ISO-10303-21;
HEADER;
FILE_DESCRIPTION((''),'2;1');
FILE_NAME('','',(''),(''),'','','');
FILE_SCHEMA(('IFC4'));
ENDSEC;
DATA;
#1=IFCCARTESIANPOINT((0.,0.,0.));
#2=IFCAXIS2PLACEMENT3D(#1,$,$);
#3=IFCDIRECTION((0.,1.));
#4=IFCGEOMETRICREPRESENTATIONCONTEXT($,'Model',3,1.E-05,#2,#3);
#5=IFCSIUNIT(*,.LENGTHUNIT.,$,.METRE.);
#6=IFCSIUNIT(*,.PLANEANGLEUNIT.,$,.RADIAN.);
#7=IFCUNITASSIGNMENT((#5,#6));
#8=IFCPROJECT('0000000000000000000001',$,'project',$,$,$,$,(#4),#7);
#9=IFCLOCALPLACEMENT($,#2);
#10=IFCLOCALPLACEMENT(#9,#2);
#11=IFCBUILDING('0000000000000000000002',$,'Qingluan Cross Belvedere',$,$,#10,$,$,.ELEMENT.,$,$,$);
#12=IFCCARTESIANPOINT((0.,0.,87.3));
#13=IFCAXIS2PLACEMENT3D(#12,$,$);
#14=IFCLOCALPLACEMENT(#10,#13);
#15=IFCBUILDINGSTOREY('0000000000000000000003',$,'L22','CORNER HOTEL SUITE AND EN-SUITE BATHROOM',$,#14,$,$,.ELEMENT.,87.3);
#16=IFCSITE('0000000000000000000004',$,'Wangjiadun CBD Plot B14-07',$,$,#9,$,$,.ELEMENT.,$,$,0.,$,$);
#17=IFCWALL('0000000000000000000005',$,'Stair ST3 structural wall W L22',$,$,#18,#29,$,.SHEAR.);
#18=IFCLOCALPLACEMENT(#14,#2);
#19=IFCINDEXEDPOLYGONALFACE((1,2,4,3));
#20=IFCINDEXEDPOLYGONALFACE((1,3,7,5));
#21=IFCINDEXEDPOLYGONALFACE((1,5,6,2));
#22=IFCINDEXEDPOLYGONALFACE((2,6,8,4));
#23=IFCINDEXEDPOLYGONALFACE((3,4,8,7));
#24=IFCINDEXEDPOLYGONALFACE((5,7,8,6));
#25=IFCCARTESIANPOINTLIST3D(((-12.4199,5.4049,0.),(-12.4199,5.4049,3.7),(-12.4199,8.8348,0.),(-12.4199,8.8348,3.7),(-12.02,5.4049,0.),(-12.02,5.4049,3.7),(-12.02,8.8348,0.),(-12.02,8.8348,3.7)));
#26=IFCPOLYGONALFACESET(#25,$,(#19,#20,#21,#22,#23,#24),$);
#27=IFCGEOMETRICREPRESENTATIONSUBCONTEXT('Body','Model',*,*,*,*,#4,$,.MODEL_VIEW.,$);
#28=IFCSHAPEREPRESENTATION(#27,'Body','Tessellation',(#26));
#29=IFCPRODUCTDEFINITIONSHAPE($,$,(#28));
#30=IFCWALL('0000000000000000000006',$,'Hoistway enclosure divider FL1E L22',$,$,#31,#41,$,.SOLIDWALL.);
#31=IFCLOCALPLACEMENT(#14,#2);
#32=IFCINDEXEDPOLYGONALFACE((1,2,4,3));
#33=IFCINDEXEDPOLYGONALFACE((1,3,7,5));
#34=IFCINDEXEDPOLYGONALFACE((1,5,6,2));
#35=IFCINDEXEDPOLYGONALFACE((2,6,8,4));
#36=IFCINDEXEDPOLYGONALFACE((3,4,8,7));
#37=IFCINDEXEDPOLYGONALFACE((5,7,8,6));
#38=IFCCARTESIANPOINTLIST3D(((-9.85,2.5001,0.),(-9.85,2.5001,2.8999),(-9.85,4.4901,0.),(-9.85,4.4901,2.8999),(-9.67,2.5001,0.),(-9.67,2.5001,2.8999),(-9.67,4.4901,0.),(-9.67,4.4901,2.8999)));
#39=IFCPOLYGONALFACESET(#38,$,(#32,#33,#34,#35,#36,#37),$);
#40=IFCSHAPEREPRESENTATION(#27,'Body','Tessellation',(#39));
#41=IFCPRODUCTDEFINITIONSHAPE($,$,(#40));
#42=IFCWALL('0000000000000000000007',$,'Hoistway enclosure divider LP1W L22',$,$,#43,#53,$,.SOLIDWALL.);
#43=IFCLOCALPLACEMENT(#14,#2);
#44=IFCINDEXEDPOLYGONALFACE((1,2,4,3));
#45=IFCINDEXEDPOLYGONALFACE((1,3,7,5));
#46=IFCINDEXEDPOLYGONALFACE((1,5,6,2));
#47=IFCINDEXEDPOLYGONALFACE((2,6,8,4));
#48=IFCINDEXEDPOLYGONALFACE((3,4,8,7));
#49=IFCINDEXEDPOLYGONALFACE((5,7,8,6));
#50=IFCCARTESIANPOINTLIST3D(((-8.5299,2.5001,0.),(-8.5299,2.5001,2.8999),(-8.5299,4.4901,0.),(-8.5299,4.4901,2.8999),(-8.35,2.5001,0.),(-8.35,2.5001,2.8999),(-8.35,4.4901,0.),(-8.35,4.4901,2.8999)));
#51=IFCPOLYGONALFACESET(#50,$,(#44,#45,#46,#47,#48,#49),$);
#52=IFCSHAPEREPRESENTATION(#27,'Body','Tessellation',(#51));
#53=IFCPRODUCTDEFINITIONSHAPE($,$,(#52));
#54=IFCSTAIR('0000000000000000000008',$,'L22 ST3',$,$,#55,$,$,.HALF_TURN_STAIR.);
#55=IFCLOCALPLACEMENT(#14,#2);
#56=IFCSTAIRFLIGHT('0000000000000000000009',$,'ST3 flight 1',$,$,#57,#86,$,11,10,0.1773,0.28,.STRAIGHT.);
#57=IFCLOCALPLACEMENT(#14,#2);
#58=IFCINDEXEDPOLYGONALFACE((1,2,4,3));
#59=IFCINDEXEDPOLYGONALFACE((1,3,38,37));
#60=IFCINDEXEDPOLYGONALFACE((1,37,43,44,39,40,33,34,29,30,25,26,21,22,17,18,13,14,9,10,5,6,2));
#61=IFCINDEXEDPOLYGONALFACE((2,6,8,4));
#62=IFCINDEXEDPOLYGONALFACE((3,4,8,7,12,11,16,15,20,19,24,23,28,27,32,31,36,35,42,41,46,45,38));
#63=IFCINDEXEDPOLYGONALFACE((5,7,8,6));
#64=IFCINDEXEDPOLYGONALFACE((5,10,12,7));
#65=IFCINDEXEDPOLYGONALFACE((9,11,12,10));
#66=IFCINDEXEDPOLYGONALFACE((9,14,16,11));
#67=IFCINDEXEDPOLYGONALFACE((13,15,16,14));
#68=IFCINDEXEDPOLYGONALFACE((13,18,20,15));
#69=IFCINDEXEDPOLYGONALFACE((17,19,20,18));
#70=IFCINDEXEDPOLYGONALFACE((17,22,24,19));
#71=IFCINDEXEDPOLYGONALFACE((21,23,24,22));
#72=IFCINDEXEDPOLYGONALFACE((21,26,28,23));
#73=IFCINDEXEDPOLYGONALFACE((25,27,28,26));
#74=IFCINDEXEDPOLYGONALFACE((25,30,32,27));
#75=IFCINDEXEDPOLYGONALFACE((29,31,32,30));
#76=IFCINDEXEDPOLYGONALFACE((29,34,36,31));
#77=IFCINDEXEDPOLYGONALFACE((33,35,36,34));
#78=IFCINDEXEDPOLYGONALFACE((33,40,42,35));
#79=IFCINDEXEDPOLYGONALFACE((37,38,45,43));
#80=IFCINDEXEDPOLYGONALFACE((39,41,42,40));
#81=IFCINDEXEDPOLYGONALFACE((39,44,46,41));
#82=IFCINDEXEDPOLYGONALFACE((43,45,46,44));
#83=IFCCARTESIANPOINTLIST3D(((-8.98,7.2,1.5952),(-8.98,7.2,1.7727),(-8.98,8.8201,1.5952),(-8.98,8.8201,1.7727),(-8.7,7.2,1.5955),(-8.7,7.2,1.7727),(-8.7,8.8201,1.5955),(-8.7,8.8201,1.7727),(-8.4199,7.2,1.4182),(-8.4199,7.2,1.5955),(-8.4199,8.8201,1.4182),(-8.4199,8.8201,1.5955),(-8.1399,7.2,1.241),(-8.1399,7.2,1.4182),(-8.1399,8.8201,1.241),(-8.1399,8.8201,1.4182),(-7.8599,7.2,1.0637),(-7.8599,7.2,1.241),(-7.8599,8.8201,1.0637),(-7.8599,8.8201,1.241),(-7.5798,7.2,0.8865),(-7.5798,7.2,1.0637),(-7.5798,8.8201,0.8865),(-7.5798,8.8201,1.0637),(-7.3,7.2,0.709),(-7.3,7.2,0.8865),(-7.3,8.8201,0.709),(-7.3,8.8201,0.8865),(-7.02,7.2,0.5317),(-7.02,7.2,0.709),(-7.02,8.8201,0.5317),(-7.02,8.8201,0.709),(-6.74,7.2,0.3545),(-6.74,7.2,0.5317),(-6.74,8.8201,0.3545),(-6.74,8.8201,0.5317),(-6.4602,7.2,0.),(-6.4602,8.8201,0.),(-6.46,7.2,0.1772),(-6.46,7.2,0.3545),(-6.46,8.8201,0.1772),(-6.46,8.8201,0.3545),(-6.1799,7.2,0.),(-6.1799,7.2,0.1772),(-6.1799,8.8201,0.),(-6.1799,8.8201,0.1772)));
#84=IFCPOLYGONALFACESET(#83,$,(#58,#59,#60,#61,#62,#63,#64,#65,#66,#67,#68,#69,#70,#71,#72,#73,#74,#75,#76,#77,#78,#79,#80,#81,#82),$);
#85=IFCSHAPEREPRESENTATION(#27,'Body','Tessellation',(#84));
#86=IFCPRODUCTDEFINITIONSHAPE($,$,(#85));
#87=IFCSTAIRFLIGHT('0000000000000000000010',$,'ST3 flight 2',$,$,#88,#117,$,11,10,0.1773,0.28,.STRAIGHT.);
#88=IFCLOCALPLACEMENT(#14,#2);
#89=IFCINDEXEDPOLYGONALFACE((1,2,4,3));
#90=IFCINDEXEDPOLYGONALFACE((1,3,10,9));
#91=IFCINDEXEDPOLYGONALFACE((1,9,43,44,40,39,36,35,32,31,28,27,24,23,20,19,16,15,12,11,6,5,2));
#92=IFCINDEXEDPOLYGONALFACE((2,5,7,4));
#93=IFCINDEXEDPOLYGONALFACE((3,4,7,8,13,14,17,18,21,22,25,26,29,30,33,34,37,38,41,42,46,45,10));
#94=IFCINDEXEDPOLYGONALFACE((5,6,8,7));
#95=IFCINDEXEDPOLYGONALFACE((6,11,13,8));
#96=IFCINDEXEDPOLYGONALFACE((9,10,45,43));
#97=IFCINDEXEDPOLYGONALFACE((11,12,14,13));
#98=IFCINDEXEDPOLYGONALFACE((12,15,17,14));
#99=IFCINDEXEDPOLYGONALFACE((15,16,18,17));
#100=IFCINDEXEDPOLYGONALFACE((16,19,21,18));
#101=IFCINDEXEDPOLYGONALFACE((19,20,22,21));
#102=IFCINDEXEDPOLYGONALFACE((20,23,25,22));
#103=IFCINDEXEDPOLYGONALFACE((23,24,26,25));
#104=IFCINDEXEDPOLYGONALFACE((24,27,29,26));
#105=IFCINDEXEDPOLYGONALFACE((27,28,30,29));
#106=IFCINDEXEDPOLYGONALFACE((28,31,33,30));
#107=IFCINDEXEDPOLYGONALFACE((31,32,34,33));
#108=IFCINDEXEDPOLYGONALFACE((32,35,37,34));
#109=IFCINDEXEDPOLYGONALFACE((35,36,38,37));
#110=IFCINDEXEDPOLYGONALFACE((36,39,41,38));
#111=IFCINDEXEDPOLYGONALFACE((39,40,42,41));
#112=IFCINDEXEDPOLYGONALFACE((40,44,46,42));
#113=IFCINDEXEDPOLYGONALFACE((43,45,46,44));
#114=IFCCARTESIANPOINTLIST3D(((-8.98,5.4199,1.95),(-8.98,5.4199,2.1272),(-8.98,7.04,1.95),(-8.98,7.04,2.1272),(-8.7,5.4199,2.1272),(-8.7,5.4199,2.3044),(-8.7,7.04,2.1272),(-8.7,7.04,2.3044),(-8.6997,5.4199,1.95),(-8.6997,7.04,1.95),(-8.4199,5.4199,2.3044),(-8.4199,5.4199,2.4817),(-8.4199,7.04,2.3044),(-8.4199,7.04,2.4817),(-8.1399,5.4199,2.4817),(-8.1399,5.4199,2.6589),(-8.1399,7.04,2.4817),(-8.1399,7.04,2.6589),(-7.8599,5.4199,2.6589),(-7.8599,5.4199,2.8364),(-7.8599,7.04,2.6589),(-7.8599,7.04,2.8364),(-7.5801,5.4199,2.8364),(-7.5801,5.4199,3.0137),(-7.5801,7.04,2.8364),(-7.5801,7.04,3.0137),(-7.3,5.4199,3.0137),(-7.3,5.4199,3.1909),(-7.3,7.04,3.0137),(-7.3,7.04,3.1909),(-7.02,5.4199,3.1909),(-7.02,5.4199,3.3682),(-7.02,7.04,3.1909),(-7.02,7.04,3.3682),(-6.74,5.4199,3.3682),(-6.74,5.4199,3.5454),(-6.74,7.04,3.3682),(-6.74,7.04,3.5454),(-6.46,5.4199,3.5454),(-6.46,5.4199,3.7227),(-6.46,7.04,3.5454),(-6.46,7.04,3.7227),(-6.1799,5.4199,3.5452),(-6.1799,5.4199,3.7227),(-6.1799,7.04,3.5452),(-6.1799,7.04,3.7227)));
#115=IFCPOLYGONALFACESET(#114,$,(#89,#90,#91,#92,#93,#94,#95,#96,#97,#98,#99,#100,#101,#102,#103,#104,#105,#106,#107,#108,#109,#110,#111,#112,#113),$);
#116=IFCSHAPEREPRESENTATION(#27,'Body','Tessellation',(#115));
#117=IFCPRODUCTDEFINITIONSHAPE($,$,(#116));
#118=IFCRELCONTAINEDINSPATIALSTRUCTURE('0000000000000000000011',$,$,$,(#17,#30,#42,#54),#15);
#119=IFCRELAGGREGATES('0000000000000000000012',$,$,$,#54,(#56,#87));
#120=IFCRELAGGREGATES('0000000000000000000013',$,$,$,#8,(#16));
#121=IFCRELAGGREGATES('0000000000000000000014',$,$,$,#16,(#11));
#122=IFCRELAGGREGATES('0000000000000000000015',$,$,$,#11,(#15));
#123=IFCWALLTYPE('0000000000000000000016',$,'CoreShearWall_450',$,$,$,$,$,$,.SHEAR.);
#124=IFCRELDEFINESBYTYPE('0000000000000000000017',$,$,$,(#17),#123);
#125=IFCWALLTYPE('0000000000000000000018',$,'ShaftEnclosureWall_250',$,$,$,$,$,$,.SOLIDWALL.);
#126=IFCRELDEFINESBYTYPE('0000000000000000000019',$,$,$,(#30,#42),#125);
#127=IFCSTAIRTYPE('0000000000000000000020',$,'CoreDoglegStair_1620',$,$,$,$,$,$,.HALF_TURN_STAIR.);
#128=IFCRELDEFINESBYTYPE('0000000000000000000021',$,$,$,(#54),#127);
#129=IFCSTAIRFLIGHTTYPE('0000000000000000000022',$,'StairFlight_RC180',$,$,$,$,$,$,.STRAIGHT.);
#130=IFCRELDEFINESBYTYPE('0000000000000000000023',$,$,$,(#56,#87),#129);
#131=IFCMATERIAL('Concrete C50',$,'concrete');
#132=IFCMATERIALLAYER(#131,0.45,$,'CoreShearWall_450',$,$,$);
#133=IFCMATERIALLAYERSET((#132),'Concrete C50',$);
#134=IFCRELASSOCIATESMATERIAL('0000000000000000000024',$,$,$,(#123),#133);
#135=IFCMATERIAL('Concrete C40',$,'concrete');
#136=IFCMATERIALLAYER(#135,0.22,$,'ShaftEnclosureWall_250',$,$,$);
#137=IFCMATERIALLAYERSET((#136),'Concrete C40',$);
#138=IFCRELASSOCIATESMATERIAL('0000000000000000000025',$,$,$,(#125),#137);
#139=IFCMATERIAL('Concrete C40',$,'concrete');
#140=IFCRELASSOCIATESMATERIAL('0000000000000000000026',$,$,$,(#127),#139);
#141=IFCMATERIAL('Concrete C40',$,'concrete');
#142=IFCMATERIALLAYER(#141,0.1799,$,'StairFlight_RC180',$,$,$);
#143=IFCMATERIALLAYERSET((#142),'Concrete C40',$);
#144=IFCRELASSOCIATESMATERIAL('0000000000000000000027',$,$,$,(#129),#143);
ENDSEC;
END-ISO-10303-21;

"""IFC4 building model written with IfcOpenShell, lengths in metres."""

from ifc_helpers import new_model, si_unit, direction, frame, frame_2d, origin, place, context, subcontext, project, spatial, polyline, rectangle, outline, extrude, material, layer, layer_set, type_object, element, aggregate, save


model = new_model("IFC4")

# Units and contexts
model_context = context("Model", 3, precision=1e-05, world=origin(), true_north=direction((0.0, 1.0)))
body_context = subcontext(model_context, "Body", "Model", "MODEL_VIEW")
ifc_project = project(units=[si_unit("LENGTHUNIT", "METRE"), si_unit("PLANEANGLEUNIT", "RADIAN")], contexts=[model_context])

# Site, building, storey
site_placement = place(None, origin())
site = spatial("IfcSite", under=ifc_project, at=site_placement, Name="Wangjiadun CBD Plot B14-07", CompositionType="ELEMENT", RefElevation=0.0)
building_placement = place(site_placement, origin())
building = spatial("IfcBuilding", under=site, at=building_placement, Name="Qingluan Cross Belvedere", CompositionType="ELEMENT")
storey_placement = place(building_placement, frame((0.0, 0.0, 87.3)))
storey = spatial("IfcBuildingStorey", under=building, at=storey_placement, Name="L22", Description="CORNER HOTEL SUITE AND EN-SUITE BATHROOM", CompositionType="ELEMENT", Elevation=87.3)

# Wall
ifc_material_1 = material(Name="Concrete C50", Category="concrete")
ifc_layer_1 = layer(ifc_material_1, 0.45, Name="CoreShearWall_450")
ifc_layer_set_1 = layer_set([ifc_layer_1], Name="Concrete C50")
wall_type_1 = type_object("IfcWallType", Name="CoreShearWall_450", PredefinedType="SHEAR", material=ifc_layer_set_1)
wall_1_placement = place(storey_placement, frame((-12.22, 5.405, 0.0), z_axis=(0.0, 0.0, 1.0), x_axis=(0.0, 1.0, 0.0)))
element("IfcWall", 1, at=wall_1_placement, inside=storey, type_object=wall_type_1, Name="Stair ST3 structural wall W L22", PredefinedType="SHEAR", context=body_context, shape_type="SweptSolid", body=[
    extrude(rectangle(XDim=3.4299, YDim=0.3999, at=frame_2d((1.7148, 0.0))), origin(), (0.0, 0.0, 1.0), 3.7),
])

# Shared definitions
ifc_material_2 = material(Name="Concrete C40", Category="concrete")
ifc_layer_2 = layer(ifc_material_2, 0.22, Name="ShaftEnclosureWall_250")
ifc_layer_set_2 = layer_set([ifc_layer_2], Name="Concrete C40")
wall_type_2 = type_object("IfcWallType", Name="ShaftEnclosureWall_250", PredefinedType="SOLIDWALL", material=ifc_layer_set_2)

# Walls
for number, where, z_axis, x_axis, name in (
    (2, (-9.76, 2.5, 0.0), (0.0, 0.0, 1.0), (0.0, 1.0, 0.0), "Hoistway enclosure divider FL1E L22"),
    (3, (-8.4399, 2.5, 0.0), (0.0, 0.0, 1.0), (0.0, 1.0, 0.0), "Hoistway enclosure divider LP1W L22"),
):
    element("IfcWall", number, at=place(storey_placement, frame(where, z_axis=z_axis, x_axis=x_axis)), inside=storey, type_object=wall_type_2, Name=name, PredefinedType="SOLIDWALL", context=body_context, shape_type="SweptSolid", body=[
        extrude(rectangle(XDim=1.99, YDim=0.1799, at=frame_2d((0.9951, 0.0))), origin(), (0.0, 0.0, 1.0), 2.8999),
    ])

# Stair, stair flights
ifc_material_3 = material(Name="Concrete C40", Category="concrete")
stair_type = type_object("IfcStairType", Name="CoreDoglegStair_1620", PredefinedType="HALF_TURN_STAIR", material=ifc_material_3)
stair_placement = place(storey_placement, origin())
stair = element("IfcStair", 4, at=stair_placement, inside=storey, type_object=stair_type, Name="L22 ST3", PredefinedType="HALF_TURN_STAIR")
ifc_material_4 = material(Name="Concrete C40", Category="concrete")
ifc_layer_3 = layer(ifc_material_4, 0.1799, Name="StairFlight_RC180")
ifc_layer_set_3 = layer_set([ifc_layer_3], Name="Concrete C40")
stair_flight_type = type_object("IfcStairFlightType", Name="StairFlight_RC180", PredefinedType="STRAIGHT", material=ifc_layer_set_3)
stair_flight_1_placement = place(storey_placement, frame((-6.1799, 8.01, 0.0), z_axis=(0.0, 0.0, 1.0), x_axis=(-1.0, 0.0, 0.0)))
stair_flight_1 = element("IfcStairFlight", 5, at=stair_flight_1_placement, type_object=stair_flight_type, Name="ST3 flight 1", NumberOfRisers=11, NumberOfTreads=10, PredefinedType="STRAIGHT", RiserHeight=0.1773, TreadLength=0.28, context=body_context, shape_type="SweptSolid", body=[
    extrude(outline(polyline([(0.0, 0.0), (0.0, 0.1772), (0.28, 0.1772), (0.28, 0.3545), (0.5601, 0.3545), (0.5601, 0.5317), (0.8401, 0.5317), (0.8401, 0.709), (1.1201, 0.709), (1.1201, 0.8865), (1.3999, 0.8865), (1.3999, 1.0637), (1.6799, 1.0637), (1.6799, 1.241), (1.96, 1.241), (1.96, 1.4182), (2.24, 1.4182), (2.24, 1.5955), (2.52, 1.5955), (2.52, 1.7727), (2.8, 1.7727), (2.8, 1.95), (2.8, 1.5952), (0.2803, 0.0), (0.0, 0.0)])), frame((0.0, 0.8101, 0.0), z_axis=(0.0, -1.0, 0.0), x_axis=(1.0, 0.0, 0.0)), (0.0, 0.0, 1.0), 1.6201),
])
stair_flight_2_placement = place(storey_placement, frame((-8.98, 6.23, 1.95), z_axis=(0.0, 0.0, 1.0), x_axis=(1.0, 0.0, 0.0)))
stair_flight_2 = element("IfcStairFlight", 6, at=stair_flight_2_placement, type_object=stair_flight_type, Name="ST3 flight 2", NumberOfRisers=11, NumberOfTreads=10, PredefinedType="STRAIGHT", RiserHeight=0.1773, TreadLength=0.28, context=body_context, shape_type="SweptSolid", body=[
    extrude(outline(polyline([(0.0, 0.0), (0.0, 0.1772), (0.28, 0.1772), (0.28, 0.3545), (0.5601, 0.3545), (0.5601, 0.5317), (0.8401, 0.5317), (0.8401, 0.709), (1.1201, 0.709), (1.1201, 0.8865), (1.3999, 0.8865), (1.3999, 1.0637), (1.6799, 1.0637), (1.6799, 1.241), (1.96, 1.241), (1.96, 1.4182), (2.24, 1.4182), (2.24, 1.5955), (2.52, 1.5955), (2.52, 1.7727), (2.8, 1.7727), (2.8, 1.95), (2.8, 1.5952), (0.2803, 0.0), (0.0, 0.0)])), frame((0.0, 0.8101, 0.0), z_axis=(0.0, -1.0, 0.0), x_axis=(1.0, 0.0, 0.0)), (0.0, 0.0, 1.0), 1.6201),
])
aggregate(stair, [stair_flight_1, stair_flight_2])

save(model, "model.ifc")
